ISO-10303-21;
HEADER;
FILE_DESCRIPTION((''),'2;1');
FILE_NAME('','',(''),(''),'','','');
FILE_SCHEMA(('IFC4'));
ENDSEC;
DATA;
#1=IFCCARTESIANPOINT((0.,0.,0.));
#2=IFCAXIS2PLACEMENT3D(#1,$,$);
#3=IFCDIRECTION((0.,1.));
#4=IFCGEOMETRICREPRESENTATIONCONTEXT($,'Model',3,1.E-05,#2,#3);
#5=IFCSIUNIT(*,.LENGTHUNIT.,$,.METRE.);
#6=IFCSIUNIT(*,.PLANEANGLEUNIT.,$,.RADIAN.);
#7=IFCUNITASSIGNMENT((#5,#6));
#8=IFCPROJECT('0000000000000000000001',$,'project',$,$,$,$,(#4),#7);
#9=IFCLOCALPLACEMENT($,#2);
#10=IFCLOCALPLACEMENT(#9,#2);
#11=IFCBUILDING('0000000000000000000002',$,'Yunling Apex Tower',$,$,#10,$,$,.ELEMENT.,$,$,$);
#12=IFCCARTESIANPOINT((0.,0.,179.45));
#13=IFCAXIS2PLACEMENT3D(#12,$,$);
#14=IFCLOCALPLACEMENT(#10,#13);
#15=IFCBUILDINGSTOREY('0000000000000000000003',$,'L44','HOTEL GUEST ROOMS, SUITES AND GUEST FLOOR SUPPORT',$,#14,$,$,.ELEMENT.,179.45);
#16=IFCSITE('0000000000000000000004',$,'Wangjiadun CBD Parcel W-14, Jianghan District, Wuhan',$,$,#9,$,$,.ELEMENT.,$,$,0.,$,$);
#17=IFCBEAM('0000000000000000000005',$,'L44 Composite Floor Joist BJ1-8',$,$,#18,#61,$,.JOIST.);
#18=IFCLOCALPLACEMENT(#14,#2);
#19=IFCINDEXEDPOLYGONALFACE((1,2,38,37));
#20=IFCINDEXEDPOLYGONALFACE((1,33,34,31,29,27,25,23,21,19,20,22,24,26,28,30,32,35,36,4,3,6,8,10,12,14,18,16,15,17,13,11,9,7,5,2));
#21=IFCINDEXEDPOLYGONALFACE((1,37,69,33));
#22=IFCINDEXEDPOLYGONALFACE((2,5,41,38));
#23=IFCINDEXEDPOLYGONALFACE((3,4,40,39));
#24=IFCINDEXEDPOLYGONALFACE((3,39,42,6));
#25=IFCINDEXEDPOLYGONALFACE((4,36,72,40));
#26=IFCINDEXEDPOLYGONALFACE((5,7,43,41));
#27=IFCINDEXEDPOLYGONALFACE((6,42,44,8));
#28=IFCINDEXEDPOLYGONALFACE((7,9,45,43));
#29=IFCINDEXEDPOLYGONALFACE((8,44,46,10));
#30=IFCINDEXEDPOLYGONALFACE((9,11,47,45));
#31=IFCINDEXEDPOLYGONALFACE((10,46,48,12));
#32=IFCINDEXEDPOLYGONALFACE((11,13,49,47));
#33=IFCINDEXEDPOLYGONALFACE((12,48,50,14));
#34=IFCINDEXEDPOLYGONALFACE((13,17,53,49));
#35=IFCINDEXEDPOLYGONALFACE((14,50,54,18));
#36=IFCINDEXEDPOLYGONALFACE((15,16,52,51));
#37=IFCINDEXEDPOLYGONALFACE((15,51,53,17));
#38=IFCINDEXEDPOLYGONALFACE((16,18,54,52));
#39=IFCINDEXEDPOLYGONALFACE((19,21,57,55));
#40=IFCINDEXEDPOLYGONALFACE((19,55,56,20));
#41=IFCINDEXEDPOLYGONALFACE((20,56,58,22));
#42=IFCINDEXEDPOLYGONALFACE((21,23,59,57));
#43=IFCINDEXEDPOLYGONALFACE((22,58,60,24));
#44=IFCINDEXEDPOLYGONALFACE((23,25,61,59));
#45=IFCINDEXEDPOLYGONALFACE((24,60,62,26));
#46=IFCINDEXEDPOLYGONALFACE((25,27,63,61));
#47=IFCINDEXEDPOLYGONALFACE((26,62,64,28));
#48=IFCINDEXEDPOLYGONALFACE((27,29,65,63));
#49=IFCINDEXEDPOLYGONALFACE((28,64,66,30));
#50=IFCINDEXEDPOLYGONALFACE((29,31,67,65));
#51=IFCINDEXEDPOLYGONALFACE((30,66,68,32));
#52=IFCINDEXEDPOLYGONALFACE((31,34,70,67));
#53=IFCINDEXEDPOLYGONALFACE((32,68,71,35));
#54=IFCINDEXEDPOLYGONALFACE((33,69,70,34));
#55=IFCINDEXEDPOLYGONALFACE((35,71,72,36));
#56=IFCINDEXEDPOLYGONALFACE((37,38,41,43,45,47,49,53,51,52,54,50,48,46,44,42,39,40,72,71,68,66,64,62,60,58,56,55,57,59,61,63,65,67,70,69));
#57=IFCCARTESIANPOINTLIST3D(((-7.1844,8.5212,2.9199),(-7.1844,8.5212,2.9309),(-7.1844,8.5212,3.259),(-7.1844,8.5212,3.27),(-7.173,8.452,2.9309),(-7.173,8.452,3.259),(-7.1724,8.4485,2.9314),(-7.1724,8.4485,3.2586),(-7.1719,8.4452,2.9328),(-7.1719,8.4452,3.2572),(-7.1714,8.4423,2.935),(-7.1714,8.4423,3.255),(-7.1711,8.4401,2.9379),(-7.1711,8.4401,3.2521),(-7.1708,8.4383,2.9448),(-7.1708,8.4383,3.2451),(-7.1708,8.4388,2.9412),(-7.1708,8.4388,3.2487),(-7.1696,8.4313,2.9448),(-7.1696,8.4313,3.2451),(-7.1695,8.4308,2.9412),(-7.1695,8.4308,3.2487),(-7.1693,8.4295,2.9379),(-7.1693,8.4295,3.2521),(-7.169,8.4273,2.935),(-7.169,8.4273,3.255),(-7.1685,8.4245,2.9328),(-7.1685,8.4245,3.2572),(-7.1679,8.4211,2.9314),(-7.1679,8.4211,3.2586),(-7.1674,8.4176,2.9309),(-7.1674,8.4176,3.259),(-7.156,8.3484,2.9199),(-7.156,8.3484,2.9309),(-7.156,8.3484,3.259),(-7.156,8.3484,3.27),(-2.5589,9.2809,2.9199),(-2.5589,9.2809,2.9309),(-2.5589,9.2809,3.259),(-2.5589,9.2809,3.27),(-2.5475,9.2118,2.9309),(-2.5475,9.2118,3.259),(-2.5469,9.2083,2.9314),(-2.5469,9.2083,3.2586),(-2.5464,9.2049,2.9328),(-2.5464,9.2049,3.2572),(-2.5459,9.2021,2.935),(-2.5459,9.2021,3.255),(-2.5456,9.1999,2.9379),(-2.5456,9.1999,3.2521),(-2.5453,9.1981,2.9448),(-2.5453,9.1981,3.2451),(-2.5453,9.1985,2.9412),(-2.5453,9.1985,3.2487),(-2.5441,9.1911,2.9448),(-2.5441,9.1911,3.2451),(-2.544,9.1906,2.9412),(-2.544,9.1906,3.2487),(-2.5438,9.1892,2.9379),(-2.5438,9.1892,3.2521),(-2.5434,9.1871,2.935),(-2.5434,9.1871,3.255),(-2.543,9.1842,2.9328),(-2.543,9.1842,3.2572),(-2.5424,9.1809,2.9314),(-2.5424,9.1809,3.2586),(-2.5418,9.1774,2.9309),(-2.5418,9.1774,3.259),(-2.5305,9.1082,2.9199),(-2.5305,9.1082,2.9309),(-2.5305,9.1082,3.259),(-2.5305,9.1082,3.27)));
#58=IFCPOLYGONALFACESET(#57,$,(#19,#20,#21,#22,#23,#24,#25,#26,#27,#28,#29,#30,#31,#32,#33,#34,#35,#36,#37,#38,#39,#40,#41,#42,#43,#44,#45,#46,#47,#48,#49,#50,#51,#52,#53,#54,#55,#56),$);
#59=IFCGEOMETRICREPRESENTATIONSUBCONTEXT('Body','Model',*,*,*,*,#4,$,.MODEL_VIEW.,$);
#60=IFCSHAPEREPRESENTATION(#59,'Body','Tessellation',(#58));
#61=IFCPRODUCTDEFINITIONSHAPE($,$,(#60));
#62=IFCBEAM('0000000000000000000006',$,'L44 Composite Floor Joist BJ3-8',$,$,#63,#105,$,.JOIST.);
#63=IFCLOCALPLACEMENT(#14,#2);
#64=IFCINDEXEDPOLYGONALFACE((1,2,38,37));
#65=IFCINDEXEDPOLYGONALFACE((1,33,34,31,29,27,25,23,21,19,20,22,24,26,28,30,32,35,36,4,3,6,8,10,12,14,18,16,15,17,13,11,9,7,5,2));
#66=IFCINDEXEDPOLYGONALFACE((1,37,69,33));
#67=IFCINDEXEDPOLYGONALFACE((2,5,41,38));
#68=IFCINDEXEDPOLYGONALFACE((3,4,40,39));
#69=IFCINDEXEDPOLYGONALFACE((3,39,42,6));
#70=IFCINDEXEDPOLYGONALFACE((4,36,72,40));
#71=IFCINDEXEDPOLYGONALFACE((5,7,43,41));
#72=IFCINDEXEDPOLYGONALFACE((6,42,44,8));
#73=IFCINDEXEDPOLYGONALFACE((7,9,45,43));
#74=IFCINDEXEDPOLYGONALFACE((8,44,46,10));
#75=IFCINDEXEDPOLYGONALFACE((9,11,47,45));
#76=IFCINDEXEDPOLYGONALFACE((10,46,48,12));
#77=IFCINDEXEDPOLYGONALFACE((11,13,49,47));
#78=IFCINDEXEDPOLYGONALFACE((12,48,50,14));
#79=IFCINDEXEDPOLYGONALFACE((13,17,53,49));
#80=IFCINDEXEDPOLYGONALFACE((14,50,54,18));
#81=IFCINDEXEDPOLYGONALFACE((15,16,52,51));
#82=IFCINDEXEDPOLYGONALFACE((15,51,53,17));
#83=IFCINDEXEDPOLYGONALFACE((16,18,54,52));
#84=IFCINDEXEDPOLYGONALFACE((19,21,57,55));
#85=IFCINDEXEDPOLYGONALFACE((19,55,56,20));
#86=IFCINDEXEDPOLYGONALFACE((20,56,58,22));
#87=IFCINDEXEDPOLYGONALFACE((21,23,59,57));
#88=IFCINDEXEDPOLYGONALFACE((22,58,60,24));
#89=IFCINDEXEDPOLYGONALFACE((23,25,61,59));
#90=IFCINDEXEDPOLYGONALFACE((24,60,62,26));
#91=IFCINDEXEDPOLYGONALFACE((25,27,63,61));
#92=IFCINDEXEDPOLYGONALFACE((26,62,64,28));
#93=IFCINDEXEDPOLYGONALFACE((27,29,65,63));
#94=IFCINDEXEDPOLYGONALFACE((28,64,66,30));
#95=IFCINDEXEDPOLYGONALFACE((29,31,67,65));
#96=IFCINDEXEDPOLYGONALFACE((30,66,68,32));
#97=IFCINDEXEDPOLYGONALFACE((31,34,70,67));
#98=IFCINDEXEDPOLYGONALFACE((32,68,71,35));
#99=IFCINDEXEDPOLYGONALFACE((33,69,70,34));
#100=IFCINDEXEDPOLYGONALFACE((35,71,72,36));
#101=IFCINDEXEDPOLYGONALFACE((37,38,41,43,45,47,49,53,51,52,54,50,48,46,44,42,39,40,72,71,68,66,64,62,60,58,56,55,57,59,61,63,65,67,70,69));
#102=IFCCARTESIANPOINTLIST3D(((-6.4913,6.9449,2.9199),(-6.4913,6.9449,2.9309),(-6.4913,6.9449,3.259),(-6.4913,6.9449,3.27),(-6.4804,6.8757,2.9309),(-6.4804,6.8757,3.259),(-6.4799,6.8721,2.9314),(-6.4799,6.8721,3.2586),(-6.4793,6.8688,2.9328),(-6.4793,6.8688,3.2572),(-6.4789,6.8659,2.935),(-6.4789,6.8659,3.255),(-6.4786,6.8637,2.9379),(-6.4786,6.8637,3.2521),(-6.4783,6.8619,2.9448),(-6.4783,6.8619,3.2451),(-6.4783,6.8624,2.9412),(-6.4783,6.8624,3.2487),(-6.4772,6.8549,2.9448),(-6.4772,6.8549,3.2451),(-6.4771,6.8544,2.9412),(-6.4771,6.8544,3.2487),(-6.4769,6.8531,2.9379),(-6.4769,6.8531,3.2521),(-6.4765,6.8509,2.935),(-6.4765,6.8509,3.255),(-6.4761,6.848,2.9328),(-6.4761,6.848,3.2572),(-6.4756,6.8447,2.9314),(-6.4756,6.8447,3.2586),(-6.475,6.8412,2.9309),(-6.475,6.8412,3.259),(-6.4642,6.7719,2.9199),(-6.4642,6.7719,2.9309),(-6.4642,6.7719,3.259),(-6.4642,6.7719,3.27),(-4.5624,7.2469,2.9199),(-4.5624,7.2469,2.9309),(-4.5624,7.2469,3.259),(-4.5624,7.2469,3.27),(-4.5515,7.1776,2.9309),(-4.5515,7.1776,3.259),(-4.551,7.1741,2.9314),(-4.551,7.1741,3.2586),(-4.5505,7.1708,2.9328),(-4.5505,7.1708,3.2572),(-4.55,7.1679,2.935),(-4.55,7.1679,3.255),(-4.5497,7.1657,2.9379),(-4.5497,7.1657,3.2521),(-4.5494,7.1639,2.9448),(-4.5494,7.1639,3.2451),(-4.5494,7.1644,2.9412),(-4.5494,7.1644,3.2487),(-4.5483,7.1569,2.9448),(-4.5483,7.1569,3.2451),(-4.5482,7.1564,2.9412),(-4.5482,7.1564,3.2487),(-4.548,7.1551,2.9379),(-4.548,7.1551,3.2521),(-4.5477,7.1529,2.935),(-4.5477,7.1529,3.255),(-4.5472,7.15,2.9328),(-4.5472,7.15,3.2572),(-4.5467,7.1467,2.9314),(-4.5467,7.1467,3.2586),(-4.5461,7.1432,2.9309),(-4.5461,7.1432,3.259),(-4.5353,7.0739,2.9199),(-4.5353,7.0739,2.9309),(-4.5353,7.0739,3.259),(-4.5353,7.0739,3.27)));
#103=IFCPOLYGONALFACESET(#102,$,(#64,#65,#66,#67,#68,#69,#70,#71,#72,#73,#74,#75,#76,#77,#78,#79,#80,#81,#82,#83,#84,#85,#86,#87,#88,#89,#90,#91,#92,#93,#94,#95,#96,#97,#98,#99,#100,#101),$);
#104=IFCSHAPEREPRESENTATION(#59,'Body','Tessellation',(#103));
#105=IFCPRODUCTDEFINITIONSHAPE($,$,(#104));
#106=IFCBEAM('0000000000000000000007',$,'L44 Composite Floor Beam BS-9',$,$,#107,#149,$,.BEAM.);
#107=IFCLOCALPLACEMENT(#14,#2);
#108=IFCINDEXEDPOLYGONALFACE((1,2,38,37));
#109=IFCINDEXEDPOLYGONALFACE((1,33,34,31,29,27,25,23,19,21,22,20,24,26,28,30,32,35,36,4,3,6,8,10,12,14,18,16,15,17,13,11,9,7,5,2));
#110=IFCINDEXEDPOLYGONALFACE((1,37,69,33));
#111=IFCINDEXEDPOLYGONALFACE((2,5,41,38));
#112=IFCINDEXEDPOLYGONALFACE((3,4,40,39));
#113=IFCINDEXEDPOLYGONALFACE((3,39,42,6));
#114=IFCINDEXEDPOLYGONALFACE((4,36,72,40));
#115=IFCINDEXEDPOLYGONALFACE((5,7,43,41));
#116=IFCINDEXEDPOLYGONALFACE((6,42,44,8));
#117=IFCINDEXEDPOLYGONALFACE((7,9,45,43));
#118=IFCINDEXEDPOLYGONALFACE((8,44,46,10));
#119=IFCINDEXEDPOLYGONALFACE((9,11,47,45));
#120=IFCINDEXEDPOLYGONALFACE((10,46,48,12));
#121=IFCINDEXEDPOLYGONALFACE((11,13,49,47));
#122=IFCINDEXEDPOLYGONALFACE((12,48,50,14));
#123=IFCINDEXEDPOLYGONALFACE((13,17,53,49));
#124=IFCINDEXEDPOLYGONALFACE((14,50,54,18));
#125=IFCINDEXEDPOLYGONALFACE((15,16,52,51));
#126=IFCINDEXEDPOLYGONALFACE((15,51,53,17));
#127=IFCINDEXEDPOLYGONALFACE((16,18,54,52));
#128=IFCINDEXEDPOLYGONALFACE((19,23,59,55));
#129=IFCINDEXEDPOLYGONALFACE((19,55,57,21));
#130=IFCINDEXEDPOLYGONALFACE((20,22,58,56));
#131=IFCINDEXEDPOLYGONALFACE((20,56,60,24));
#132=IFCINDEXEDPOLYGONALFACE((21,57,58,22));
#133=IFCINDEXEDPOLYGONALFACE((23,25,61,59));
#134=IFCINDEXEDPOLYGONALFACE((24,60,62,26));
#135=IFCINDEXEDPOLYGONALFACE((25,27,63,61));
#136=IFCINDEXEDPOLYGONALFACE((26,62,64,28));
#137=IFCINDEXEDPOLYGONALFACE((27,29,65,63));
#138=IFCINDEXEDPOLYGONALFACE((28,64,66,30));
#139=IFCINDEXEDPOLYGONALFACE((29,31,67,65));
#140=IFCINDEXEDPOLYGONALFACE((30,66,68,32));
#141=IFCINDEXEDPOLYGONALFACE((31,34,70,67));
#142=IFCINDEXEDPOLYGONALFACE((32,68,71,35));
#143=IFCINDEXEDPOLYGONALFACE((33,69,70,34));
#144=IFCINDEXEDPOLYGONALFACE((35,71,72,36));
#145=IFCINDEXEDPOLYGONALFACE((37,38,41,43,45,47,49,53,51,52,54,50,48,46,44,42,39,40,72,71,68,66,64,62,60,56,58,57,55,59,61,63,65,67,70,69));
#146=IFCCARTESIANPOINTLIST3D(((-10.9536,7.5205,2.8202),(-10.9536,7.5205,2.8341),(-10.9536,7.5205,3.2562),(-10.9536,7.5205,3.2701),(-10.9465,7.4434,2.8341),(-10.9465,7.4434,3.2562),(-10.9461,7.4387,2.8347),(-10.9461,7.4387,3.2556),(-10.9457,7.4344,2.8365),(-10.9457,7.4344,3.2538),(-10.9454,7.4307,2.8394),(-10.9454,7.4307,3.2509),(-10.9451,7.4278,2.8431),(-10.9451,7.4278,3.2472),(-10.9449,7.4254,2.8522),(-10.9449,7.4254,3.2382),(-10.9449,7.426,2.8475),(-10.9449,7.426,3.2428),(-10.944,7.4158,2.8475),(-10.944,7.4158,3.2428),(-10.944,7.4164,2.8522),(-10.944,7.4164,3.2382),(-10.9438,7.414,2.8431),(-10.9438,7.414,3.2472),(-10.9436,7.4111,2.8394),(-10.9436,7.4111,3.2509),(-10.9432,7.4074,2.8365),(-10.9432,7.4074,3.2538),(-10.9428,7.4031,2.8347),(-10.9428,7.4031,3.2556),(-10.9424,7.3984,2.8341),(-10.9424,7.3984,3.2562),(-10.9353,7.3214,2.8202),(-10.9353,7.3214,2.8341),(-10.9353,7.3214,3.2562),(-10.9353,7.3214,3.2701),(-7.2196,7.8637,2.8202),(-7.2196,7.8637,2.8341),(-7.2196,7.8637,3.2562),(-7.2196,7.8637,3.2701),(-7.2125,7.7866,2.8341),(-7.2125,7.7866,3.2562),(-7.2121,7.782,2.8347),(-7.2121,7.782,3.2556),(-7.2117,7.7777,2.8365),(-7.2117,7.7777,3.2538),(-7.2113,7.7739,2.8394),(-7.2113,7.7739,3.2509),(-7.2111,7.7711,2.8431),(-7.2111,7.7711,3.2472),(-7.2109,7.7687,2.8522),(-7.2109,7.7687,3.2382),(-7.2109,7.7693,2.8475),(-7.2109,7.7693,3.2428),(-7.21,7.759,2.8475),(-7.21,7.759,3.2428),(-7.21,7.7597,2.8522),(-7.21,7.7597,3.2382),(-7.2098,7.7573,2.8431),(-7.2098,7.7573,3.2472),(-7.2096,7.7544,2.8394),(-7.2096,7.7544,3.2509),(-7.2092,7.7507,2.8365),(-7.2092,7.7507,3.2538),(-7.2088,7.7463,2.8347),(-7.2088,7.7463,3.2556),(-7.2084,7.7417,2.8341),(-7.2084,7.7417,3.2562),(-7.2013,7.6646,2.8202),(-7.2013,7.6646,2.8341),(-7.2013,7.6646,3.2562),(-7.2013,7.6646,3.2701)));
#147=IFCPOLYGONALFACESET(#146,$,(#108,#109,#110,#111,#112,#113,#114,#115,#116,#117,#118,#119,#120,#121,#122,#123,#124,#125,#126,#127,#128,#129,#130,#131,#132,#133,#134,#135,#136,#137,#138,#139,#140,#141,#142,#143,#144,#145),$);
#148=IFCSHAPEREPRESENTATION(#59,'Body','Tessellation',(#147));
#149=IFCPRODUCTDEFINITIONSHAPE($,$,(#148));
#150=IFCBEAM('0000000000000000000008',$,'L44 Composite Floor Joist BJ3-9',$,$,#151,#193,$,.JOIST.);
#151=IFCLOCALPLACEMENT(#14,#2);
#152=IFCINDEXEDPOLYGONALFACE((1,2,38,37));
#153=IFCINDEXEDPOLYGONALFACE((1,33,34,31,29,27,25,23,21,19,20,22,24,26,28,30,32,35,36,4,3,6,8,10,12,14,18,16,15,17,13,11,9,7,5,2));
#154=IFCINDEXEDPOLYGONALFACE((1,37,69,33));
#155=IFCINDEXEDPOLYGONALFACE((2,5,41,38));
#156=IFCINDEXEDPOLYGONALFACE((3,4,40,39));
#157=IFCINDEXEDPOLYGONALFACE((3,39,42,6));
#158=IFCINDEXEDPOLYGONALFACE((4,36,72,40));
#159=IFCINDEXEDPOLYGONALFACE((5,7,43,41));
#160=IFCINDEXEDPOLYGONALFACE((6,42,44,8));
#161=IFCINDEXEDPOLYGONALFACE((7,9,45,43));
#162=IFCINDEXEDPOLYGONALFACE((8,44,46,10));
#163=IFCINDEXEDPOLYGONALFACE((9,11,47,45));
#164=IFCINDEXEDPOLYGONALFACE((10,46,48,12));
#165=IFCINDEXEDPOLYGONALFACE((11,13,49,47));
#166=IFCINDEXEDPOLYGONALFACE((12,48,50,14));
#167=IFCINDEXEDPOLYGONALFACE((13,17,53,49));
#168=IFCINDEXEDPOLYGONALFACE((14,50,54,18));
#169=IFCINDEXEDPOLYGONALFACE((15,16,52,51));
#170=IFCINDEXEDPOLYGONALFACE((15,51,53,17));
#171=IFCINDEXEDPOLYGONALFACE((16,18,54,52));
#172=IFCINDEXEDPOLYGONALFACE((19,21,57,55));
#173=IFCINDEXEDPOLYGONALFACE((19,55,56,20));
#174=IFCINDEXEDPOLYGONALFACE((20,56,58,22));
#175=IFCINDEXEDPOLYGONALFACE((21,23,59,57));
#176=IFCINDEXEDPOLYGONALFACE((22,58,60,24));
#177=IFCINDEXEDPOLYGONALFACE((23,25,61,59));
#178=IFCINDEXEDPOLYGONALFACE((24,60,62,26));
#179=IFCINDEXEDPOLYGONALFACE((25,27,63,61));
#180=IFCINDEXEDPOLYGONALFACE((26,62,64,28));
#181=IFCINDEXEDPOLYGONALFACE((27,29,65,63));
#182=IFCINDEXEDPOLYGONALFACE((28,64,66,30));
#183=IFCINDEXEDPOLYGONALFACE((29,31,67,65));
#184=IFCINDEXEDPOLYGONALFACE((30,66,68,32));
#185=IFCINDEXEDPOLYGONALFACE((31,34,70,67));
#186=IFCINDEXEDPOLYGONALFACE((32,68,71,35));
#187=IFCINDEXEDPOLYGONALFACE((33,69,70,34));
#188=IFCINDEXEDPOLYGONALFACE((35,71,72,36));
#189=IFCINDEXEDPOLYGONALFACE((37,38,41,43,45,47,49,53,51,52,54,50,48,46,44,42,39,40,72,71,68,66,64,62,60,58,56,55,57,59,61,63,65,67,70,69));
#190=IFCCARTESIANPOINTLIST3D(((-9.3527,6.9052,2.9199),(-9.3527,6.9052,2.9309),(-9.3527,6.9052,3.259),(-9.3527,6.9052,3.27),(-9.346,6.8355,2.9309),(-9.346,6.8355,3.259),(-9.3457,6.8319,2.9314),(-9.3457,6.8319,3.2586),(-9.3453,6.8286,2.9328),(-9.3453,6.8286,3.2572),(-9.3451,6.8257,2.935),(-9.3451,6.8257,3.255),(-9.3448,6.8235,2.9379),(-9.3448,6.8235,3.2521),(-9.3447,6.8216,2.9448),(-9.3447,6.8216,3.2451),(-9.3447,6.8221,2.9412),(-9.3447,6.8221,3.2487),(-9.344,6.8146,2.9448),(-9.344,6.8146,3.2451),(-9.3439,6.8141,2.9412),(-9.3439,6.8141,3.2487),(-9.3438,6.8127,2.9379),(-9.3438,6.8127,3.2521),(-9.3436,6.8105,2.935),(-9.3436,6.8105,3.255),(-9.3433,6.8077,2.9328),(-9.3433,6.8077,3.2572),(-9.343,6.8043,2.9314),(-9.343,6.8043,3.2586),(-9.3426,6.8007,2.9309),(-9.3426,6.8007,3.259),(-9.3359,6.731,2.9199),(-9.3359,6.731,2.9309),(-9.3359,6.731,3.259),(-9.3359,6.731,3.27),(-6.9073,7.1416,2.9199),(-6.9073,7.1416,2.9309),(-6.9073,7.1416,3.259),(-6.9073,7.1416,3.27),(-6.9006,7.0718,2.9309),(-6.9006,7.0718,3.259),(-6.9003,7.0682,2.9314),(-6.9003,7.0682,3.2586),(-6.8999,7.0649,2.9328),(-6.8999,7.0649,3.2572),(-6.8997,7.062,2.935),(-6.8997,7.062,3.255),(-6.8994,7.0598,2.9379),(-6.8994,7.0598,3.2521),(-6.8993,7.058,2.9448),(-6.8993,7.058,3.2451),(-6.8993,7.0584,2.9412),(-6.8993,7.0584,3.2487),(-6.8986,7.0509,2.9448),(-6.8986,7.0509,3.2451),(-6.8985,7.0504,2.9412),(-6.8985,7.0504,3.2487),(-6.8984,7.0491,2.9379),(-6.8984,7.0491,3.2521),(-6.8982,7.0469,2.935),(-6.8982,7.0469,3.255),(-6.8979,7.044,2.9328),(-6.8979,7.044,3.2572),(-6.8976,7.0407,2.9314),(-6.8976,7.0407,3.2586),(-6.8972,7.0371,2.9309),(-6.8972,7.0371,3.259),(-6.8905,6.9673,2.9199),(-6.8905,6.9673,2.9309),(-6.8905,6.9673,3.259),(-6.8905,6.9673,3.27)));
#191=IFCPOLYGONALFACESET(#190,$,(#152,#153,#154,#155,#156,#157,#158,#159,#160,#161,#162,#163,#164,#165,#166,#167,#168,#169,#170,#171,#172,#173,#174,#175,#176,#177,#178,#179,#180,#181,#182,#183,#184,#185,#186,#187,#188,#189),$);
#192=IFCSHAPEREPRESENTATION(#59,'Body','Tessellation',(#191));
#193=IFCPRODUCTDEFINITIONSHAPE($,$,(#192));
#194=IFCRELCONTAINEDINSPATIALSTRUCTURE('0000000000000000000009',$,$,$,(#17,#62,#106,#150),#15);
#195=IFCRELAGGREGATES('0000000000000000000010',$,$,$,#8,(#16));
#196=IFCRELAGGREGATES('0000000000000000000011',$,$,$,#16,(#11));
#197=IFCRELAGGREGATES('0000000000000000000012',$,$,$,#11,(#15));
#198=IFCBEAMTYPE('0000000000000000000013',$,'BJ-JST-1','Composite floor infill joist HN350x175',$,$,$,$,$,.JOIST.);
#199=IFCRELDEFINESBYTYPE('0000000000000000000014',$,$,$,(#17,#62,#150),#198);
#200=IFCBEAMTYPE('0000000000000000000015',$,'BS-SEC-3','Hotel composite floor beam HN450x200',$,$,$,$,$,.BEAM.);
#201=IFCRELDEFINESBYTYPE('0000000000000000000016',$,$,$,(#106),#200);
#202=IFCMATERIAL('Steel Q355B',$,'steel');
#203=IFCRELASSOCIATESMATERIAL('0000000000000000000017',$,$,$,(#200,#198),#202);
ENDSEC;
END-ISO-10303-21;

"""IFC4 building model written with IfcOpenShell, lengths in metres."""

from ifc_helpers import new_model, si_unit, direction, frame, origin, origin_2d, place, context, subcontext, project, spatial, i_section, extrude, source, transform, mapped, material, material_profile, profile_set, type_object, element, save


model = new_model("IFC4")

# Units and contexts
model_context = context("Model", 3, precision=1e-05, world=origin(), true_north=direction((0.0, 1.0)))
body_context = subcontext(model_context, "Body", "Model", "MODEL_VIEW")
ifc_project = project(units=[si_unit("LENGTHUNIT", "METRE"), si_unit("PLANEANGLEUNIT", "RADIAN")], contexts=[model_context])

# Site, building, storey
site_placement = place(None, origin())
site = spatial("IfcSite", under=ifc_project, at=site_placement, Name="Wangjiadun CBD Parcel W-14, Jianghan District, Wuhan", CompositionType="ELEMENT", RefElevation=0.0)
building_placement = place(site_placement, origin())
building = spatial("IfcBuilding", under=site, at=building_placement, Name="Yunling Apex Tower", CompositionType="ELEMENT")
storey_placement = place(building_placement, frame((0.0, 0.0, 179.45)))
storey = spatial("IfcBuildingStorey", under=building, at=storey_placement, Name="L44", Description="HOTEL GUEST ROOMS, SUITES AND GUEST FLOOR SUPPORT", CompositionType="ELEMENT", Elevation=179.45)

# Beams
ifc_material_1 = material(Name="Steel Q355B", Category="steel")
ifc_material_profile_1 = material_profile(ifc_material_1, i_section(OverallWidth=0.2, OverallDepth=0.45, WebThickness=0.009, FlangeThickness=0.0139, FilletRadius=0.0181, at=origin_2d()))
ifc_profile_set_1 = profile_set([ifc_material_profile_1], Name="Steel Q355B")
beam_type_1 = type_object("IfcBeamType", Name="BS-SEC-3", Description="Hotel composite floor beam HN450x200", PredefinedType="BEAM", material=ifc_profile_set_1)
ifc_material_profile_2 = material_profile(ifc_material_1, i_section(OverallWidth=0.175, OverallDepth=0.3501, WebThickness=0.0071, FlangeThickness=0.011, FilletRadius=0.0139, at=origin_2d()))
ifc_profile_set_2 = profile_set([ifc_material_profile_2], Name="Steel Q355B")
beam_type_2 = type_object("IfcBeamType", Name="BJ-JST-1", Description="Composite floor infill joist HN350x175", PredefinedType="JOIST", material=ifc_profile_set_2)
shared_shape_1 = source(origin(), body_context, "Body", "SweptSolid", [
    extrude(i_section(OverallWidth=0.175, OverallDepth=0.3501, WebThickness=0.0071, FlangeThickness=0.011, FilletRadius=0.0139, at=origin_2d()), origin(), (0.0, 0.0, 1.0), 4.6875),
])
beam_1_placement = place(storey_placement, frame((-2.5447, 9.1946, 3.095), z_axis=(-0.986777, -0.162084, 0.0), x_axis=(0.162084, -0.986777, 0.0)))
element("IfcBeam", 1, at=beam_1_placement, inside=storey, type_object=beam_type_2, Name="L44 Composite Floor Joist BJ1-8", PredefinedType="JOIST", context=body_context, shape_type="MappedRepresentation", body=[
    mapped(shared_shape_1, transform((0.0, 0.0, 0.0), scale=1.0)),
])
shared_shape_2 = source(origin(), body_context, "Body", "SweptSolid", [
    extrude(i_section(OverallWidth=0.175, OverallDepth=0.3501, WebThickness=0.0071, FlangeThickness=0.011, FilletRadius=0.0139, at=origin_2d()), origin(), (0.0, 0.0, 1.0), 1.9524),
])
beam_2_placement = place(storey_placement, frame((-4.5488, 7.1604, 3.095), z_axis=(-0.987965, -0.154678, 0.0), x_axis=(0.154678, -0.987965, 0.0)))
element("IfcBeam", 2, at=beam_2_placement, inside=storey, type_object=beam_type_2, Name="L44 Composite Floor Joist BJ3-8", PredefinedType="JOIST", context=body_context, shape_type="MappedRepresentation", body=[
    mapped(shared_shape_2, transform((0.0, 0.0, 0.0), scale=1.0)),
])
shared_shape_3 = source(origin(), body_context, "Body", "SweptSolid", [
    extrude(i_section(OverallWidth=0.2, OverallDepth=0.45, WebThickness=0.009, FlangeThickness=0.0139, FilletRadius=0.0181, at=origin_2d()), origin(), (0.0, 0.0, 1.0), 3.7498),
])
beam_3_placement = place(storey_placement, frame((-7.2104, 7.7642, 3.0452), z_axis=(-0.995801, -0.09154, 0.0), x_axis=(0.09154, -0.995801, 0.0)))
element("IfcBeam", 3, at=beam_3_placement, inside=storey, type_object=beam_type_1, Name="L44 Composite Floor Beam BS-9", PredefinedType="BEAM", context=body_context, shape_type="MappedRepresentation", body=[
    mapped(shared_shape_3, transform((0.0, 0.0, 0.0), scale=1.0)),
])
shared_shape_4 = source(origin(), body_context, "Body", "SweptSolid", [
    extrude(i_section(OverallWidth=0.175, OverallDepth=0.3501, WebThickness=0.0071, FlangeThickness=0.011, FilletRadius=0.0139, at=origin_2d()), origin(), (0.0, 0.0, 1.0), 2.4568),
])
beam_4_placement = place(storey_placement, frame((-6.8989, 7.0544, 3.095), z_axis=(-0.995362, -0.096197, 0.0), x_axis=(0.096197, -0.995362, 0.0)))
element("IfcBeam", 4, at=beam_4_placement, inside=storey, type_object=beam_type_2, Name="L44 Composite Floor Joist BJ3-9", PredefinedType="JOIST", context=body_context, shape_type="MappedRepresentation", body=[
    mapped(shared_shape_4, transform((0.0, 0.0, 0.0), scale=1.0)),
])

save(model, "model.ifc")
